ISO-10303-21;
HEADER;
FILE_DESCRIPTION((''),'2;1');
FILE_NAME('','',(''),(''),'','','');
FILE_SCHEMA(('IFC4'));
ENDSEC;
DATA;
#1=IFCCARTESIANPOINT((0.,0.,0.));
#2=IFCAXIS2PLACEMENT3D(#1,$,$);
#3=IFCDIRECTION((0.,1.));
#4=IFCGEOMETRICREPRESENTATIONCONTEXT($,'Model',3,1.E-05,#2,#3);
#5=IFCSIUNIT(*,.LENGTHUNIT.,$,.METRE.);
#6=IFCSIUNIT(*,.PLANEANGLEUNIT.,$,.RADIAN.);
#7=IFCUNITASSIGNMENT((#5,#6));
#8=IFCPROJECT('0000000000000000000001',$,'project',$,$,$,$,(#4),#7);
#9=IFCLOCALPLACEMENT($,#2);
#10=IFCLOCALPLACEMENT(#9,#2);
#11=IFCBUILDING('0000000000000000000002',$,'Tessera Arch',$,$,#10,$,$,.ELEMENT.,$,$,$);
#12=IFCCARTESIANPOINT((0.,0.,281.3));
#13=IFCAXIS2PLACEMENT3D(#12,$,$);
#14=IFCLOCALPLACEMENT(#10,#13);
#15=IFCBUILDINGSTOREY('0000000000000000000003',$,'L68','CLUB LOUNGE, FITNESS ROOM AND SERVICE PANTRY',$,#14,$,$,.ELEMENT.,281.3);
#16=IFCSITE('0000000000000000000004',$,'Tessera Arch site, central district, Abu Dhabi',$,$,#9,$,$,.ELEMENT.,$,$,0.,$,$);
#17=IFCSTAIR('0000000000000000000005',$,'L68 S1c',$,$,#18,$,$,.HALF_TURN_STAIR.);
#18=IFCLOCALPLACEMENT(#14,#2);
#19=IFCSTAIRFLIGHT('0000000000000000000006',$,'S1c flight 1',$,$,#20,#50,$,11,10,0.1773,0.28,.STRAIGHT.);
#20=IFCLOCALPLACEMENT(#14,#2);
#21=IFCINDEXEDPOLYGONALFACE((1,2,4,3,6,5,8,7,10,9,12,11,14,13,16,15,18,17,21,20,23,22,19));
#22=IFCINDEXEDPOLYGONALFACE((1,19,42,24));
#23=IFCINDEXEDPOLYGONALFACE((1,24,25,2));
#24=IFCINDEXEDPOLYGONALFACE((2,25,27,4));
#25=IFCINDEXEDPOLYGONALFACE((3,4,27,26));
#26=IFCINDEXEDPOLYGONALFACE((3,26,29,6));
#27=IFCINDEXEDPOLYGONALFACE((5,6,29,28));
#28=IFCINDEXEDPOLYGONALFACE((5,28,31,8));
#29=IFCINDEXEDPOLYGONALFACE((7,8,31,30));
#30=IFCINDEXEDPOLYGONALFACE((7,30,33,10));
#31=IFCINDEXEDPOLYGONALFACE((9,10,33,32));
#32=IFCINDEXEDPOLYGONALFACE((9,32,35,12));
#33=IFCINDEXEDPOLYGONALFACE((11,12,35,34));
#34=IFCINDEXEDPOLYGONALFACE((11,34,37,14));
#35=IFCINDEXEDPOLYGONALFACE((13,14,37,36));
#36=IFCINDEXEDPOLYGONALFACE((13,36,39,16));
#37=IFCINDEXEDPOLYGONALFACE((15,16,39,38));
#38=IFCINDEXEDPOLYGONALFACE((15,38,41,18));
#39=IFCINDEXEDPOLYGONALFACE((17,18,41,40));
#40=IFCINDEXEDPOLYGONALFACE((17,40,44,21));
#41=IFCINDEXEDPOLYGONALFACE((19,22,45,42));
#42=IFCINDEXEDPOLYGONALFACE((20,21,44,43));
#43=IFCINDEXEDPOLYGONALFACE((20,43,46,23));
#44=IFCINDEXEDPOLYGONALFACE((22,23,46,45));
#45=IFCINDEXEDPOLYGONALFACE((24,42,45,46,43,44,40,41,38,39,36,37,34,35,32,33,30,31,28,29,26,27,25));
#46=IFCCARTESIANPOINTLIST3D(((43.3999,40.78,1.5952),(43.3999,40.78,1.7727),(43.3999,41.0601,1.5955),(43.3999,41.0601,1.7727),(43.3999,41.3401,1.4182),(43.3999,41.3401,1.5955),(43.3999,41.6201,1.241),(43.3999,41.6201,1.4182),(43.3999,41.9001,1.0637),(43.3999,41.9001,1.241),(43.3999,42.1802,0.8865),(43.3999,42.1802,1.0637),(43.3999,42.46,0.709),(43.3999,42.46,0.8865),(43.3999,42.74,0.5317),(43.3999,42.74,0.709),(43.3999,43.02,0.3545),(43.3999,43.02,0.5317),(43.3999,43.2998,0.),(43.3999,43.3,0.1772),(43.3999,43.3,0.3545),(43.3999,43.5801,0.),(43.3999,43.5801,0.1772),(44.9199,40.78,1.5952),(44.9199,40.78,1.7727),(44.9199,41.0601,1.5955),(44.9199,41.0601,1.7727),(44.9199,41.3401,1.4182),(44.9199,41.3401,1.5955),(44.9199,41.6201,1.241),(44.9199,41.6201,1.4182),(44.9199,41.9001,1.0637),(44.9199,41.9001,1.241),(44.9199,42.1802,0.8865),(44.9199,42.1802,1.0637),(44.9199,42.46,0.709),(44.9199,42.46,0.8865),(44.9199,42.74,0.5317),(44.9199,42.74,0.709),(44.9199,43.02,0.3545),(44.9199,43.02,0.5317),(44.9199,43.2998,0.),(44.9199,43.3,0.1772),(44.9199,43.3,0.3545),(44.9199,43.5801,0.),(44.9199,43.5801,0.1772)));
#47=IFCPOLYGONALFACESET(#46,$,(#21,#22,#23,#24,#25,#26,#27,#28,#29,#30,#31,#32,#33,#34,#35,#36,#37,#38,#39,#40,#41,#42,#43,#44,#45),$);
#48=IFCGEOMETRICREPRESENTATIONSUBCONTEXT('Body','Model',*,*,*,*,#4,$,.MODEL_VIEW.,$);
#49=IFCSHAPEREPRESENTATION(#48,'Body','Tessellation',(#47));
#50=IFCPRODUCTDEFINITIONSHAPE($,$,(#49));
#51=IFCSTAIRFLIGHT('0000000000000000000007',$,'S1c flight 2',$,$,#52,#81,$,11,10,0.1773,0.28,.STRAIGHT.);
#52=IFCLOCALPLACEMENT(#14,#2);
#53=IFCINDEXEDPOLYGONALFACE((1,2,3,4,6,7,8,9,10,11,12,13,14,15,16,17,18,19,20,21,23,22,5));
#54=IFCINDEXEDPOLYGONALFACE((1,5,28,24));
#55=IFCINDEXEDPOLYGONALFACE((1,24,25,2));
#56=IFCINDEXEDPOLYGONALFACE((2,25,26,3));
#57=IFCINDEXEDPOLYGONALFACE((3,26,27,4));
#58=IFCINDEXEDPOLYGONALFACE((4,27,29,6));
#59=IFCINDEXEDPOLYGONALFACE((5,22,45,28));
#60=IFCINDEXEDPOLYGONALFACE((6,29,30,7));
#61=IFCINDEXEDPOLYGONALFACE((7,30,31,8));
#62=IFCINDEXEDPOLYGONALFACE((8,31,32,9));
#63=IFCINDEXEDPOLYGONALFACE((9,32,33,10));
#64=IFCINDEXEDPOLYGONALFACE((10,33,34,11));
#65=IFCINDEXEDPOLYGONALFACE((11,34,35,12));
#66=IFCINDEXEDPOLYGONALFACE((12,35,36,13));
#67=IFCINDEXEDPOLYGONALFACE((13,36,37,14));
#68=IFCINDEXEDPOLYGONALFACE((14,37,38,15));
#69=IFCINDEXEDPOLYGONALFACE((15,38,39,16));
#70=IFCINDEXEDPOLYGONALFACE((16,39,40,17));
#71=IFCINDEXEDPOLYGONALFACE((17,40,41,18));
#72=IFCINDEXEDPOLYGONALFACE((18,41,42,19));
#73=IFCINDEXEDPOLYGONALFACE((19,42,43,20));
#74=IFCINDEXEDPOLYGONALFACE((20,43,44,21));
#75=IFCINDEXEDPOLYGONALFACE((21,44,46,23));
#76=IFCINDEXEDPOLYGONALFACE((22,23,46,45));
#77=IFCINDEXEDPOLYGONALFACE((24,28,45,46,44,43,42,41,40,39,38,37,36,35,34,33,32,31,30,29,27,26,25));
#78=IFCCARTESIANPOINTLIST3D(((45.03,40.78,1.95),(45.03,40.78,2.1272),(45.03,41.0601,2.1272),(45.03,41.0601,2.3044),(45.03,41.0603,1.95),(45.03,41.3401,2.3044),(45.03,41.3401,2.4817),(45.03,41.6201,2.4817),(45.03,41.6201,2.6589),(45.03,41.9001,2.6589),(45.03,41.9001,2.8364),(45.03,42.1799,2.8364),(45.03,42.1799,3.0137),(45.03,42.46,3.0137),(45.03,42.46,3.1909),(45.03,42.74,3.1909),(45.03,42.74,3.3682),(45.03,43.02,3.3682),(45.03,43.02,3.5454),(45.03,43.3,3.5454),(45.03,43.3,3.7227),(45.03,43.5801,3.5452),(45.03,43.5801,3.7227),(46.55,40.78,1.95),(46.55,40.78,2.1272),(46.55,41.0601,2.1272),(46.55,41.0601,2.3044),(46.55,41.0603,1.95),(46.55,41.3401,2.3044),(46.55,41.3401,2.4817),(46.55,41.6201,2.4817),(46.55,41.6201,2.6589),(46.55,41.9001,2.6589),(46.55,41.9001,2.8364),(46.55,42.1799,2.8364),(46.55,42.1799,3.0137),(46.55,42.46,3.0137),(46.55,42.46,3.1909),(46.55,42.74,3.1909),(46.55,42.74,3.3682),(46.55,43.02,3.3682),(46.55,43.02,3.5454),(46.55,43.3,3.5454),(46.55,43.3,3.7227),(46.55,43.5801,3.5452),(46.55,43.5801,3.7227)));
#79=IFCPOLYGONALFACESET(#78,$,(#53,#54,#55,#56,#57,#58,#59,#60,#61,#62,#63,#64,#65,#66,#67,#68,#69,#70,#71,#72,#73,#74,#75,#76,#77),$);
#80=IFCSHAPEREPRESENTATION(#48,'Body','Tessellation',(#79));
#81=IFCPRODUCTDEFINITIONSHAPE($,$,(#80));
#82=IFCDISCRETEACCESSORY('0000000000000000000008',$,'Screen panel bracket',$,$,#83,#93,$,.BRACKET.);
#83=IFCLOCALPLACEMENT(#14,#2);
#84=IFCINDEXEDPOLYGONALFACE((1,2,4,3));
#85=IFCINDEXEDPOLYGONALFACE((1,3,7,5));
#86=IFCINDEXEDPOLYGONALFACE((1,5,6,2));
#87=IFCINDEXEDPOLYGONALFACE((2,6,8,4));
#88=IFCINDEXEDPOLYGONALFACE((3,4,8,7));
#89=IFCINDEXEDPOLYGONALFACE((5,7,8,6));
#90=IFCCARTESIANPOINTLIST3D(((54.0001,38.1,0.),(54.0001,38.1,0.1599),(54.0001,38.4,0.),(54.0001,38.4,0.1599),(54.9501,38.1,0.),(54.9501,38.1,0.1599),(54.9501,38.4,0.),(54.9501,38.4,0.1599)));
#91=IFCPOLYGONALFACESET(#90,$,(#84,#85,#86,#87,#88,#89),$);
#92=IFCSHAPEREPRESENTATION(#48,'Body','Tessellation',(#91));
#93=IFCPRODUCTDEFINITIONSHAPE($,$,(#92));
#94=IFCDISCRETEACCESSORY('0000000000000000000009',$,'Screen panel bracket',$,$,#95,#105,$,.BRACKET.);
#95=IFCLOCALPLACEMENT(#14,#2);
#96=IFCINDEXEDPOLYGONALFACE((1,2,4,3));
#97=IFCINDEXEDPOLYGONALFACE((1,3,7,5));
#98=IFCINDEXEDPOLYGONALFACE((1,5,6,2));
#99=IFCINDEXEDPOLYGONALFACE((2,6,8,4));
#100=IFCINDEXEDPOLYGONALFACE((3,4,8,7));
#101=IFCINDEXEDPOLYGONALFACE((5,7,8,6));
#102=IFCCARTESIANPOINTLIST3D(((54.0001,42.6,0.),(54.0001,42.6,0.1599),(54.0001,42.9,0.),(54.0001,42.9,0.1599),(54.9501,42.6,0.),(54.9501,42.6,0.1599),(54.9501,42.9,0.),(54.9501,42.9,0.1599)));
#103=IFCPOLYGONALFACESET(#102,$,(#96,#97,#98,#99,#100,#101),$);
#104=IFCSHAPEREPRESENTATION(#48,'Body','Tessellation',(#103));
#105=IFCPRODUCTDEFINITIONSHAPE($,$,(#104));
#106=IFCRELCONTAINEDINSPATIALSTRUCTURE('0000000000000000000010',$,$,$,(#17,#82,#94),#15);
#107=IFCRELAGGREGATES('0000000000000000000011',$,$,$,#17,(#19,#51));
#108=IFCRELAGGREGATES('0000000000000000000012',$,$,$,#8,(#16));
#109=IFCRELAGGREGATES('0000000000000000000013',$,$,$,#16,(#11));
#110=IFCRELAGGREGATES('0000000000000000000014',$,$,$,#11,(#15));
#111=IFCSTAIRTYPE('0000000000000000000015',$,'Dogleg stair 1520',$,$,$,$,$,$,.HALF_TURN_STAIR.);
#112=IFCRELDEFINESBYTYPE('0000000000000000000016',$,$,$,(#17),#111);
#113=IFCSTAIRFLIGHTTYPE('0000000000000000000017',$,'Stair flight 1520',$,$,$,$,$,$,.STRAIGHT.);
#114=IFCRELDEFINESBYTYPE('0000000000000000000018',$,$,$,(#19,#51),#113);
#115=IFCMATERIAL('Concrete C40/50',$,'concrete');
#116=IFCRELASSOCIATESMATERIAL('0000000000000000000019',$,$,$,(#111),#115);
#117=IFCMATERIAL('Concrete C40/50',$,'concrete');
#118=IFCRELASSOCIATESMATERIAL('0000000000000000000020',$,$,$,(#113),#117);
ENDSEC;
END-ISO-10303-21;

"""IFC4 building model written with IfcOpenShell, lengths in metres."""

from ifc_helpers import new_model, si_unit, direction, frame, origin, origin_2d, place, context, subcontext, project, spatial, polyline, rectangle, outline, extrude, material, type_object, element, aggregate, save


model = new_model("IFC4")

# Units and contexts
model_context = context("Model", 3, precision=1e-05, world=origin(), true_north=direction((0.0, 1.0)))
body_context = subcontext(model_context, "Body", "Model", "MODEL_VIEW")
ifc_project = project(units=[si_unit("LENGTHUNIT", "METRE"), si_unit("PLANEANGLEUNIT", "RADIAN")], contexts=[model_context])

# Site, building, storey
site_placement = place(None, origin())
site = spatial("IfcSite", under=ifc_project, at=site_placement, Name="Tessera Arch site, central district, Abu Dhabi", CompositionType="ELEMENT", RefElevation=0.0)
building_placement = place(site_placement, origin())
building = spatial("IfcBuilding", under=site, at=building_placement, Name="Tessera Arch", CompositionType="ELEMENT")
storey_placement = place(building_placement, frame((0.0, 0.0, 281.3)))
storey = spatial("IfcBuildingStorey", under=building, at=storey_placement, Name="L68", Description="CLUB LOUNGE, FITNESS ROOM AND SERVICE PANTRY", CompositionType="ELEMENT", Elevation=281.3)

# Shared definitions
ifc_material_1 = material(Name="Concrete C40/50", Category="concrete")
stair_type = type_object("IfcStairType", Name="Dogleg stair 1520", PredefinedType="HALF_TURN_STAIR", material=ifc_material_1)
ifc_material_2 = material(Name="Concrete C40/50", Category="concrete")
stair_flight_type = type_object("IfcStairFlightType", Name="Stair flight 1520", PredefinedType="STRAIGHT", material=ifc_material_2)

# Stair, stair flights
stair_1_placement = place(storey_placement, origin())
stair_1 = element("IfcStair", 1, at=stair_1_placement, inside=storey, type_object=stair_type, Name="L68 S1c", PredefinedType="HALF_TURN_STAIR")
stair_flight_1_placement = place(storey_placement, frame((44.1599, 43.5801, 0.0), z_axis=(0.0, 0.0, 1.0), x_axis=(0.0, -1.0, 0.0)))
stair_flight_1 = element("IfcStairFlight", 2, at=stair_flight_1_placement, type_object=stair_flight_type, Name="S1c flight 1", NumberOfRisers=11, NumberOfTreads=10, PredefinedType="STRAIGHT", RiserHeight=0.1773, TreadLength=0.28, context=body_context, shape_type="SweptSolid", body=[
    extrude(outline(polyline([(0.0, 0.0), (0.0, 0.1772), (0.28, 0.1772), (0.28, 0.3545), (0.5601, 0.3545), (0.5601, 0.5317), (0.8401, 0.5317), (0.8401, 0.709), (1.1201, 0.709), (1.1201, 0.8865), (1.3999, 0.8865), (1.3999, 1.0637), (1.6799, 1.0637), (1.6799, 1.241), (1.96, 1.241), (1.96, 1.4182), (2.24, 1.4182), (2.24, 1.5955), (2.52, 1.5955), (2.52, 1.7727), (2.8, 1.7727), (2.8, 1.95), (2.8, 1.5952), (0.2803, 0.0), (0.0, 0.0)])), frame((0.0, 0.76, 0.0), z_axis=(0.0, -1.0, 0.0), x_axis=(1.0, 0.0, 0.0)), (0.0, 0.0, 1.0), 1.52),
])
stair_flight_2_placement = place(storey_placement, frame((45.79, 40.78, 1.95), z_axis=(0.0, 0.0, 1.0), x_axis=(0.0, 1.0, 0.0)))
stair_flight_2 = element("IfcStairFlight", 3, at=stair_flight_2_placement, type_object=stair_flight_type, Name="S1c flight 2", NumberOfRisers=11, NumberOfTreads=10, PredefinedType="STRAIGHT", RiserHeight=0.1773, TreadLength=0.28, context=body_context, shape_type="SweptSolid", body=[
    extrude(outline(polyline([(0.0, 0.0), (0.0, 0.1772), (0.28, 0.1772), (0.28, 0.3545), (0.5601, 0.3545), (0.5601, 0.5317), (0.8401, 0.5317), (0.8401, 0.709), (1.1201, 0.709), (1.1201, 0.8865), (1.3999, 0.8865), (1.3999, 1.0637), (1.6799, 1.0637), (1.6799, 1.241), (1.96, 1.241), (1.96, 1.4182), (2.24, 1.4182), (2.24, 1.5955), (2.52, 1.5955), (2.52, 1.7727), (2.8, 1.7727), (2.8, 1.95), (2.8, 1.5952), (0.2803, 0.0), (0.0, 0.0)])), frame((0.0, 0.76, 0.0), z_axis=(0.0, -1.0, 0.0), x_axis=(1.0, 0.0, 0.0)), (0.0, 0.0, 1.0), 1.52),
])
aggregate(stair_1, [stair_flight_1, stair_flight_2])

# Discrete accessories
for number, where, z_axis, x_axis, name in (
    (4, (54.4751, 38.25, 0.0), (0.0, 0.0, 1.0), (1.0, 0.0, 0.0), "Screen panel bracket"),
    (5, (54.4751, 42.75, 0.0), (0.0, 0.0, 1.0), (1.0, 0.0, 0.0), "Screen panel bracket"),
):
    element("IfcDiscreteAccessory", number, at=place(storey_placement, frame(where, z_axis=z_axis, x_axis=x_axis)), inside=storey, Name=name, PredefinedType="BRACKET", context=body_context, shape_type="SweptSolid", body=[
        extrude(rectangle(XDim=0.95, YDim=0.3, at=origin_2d()), origin(), (0.0, 0.0, 1.0), 0.1599),
    ])

save(model, "model.ifc")
